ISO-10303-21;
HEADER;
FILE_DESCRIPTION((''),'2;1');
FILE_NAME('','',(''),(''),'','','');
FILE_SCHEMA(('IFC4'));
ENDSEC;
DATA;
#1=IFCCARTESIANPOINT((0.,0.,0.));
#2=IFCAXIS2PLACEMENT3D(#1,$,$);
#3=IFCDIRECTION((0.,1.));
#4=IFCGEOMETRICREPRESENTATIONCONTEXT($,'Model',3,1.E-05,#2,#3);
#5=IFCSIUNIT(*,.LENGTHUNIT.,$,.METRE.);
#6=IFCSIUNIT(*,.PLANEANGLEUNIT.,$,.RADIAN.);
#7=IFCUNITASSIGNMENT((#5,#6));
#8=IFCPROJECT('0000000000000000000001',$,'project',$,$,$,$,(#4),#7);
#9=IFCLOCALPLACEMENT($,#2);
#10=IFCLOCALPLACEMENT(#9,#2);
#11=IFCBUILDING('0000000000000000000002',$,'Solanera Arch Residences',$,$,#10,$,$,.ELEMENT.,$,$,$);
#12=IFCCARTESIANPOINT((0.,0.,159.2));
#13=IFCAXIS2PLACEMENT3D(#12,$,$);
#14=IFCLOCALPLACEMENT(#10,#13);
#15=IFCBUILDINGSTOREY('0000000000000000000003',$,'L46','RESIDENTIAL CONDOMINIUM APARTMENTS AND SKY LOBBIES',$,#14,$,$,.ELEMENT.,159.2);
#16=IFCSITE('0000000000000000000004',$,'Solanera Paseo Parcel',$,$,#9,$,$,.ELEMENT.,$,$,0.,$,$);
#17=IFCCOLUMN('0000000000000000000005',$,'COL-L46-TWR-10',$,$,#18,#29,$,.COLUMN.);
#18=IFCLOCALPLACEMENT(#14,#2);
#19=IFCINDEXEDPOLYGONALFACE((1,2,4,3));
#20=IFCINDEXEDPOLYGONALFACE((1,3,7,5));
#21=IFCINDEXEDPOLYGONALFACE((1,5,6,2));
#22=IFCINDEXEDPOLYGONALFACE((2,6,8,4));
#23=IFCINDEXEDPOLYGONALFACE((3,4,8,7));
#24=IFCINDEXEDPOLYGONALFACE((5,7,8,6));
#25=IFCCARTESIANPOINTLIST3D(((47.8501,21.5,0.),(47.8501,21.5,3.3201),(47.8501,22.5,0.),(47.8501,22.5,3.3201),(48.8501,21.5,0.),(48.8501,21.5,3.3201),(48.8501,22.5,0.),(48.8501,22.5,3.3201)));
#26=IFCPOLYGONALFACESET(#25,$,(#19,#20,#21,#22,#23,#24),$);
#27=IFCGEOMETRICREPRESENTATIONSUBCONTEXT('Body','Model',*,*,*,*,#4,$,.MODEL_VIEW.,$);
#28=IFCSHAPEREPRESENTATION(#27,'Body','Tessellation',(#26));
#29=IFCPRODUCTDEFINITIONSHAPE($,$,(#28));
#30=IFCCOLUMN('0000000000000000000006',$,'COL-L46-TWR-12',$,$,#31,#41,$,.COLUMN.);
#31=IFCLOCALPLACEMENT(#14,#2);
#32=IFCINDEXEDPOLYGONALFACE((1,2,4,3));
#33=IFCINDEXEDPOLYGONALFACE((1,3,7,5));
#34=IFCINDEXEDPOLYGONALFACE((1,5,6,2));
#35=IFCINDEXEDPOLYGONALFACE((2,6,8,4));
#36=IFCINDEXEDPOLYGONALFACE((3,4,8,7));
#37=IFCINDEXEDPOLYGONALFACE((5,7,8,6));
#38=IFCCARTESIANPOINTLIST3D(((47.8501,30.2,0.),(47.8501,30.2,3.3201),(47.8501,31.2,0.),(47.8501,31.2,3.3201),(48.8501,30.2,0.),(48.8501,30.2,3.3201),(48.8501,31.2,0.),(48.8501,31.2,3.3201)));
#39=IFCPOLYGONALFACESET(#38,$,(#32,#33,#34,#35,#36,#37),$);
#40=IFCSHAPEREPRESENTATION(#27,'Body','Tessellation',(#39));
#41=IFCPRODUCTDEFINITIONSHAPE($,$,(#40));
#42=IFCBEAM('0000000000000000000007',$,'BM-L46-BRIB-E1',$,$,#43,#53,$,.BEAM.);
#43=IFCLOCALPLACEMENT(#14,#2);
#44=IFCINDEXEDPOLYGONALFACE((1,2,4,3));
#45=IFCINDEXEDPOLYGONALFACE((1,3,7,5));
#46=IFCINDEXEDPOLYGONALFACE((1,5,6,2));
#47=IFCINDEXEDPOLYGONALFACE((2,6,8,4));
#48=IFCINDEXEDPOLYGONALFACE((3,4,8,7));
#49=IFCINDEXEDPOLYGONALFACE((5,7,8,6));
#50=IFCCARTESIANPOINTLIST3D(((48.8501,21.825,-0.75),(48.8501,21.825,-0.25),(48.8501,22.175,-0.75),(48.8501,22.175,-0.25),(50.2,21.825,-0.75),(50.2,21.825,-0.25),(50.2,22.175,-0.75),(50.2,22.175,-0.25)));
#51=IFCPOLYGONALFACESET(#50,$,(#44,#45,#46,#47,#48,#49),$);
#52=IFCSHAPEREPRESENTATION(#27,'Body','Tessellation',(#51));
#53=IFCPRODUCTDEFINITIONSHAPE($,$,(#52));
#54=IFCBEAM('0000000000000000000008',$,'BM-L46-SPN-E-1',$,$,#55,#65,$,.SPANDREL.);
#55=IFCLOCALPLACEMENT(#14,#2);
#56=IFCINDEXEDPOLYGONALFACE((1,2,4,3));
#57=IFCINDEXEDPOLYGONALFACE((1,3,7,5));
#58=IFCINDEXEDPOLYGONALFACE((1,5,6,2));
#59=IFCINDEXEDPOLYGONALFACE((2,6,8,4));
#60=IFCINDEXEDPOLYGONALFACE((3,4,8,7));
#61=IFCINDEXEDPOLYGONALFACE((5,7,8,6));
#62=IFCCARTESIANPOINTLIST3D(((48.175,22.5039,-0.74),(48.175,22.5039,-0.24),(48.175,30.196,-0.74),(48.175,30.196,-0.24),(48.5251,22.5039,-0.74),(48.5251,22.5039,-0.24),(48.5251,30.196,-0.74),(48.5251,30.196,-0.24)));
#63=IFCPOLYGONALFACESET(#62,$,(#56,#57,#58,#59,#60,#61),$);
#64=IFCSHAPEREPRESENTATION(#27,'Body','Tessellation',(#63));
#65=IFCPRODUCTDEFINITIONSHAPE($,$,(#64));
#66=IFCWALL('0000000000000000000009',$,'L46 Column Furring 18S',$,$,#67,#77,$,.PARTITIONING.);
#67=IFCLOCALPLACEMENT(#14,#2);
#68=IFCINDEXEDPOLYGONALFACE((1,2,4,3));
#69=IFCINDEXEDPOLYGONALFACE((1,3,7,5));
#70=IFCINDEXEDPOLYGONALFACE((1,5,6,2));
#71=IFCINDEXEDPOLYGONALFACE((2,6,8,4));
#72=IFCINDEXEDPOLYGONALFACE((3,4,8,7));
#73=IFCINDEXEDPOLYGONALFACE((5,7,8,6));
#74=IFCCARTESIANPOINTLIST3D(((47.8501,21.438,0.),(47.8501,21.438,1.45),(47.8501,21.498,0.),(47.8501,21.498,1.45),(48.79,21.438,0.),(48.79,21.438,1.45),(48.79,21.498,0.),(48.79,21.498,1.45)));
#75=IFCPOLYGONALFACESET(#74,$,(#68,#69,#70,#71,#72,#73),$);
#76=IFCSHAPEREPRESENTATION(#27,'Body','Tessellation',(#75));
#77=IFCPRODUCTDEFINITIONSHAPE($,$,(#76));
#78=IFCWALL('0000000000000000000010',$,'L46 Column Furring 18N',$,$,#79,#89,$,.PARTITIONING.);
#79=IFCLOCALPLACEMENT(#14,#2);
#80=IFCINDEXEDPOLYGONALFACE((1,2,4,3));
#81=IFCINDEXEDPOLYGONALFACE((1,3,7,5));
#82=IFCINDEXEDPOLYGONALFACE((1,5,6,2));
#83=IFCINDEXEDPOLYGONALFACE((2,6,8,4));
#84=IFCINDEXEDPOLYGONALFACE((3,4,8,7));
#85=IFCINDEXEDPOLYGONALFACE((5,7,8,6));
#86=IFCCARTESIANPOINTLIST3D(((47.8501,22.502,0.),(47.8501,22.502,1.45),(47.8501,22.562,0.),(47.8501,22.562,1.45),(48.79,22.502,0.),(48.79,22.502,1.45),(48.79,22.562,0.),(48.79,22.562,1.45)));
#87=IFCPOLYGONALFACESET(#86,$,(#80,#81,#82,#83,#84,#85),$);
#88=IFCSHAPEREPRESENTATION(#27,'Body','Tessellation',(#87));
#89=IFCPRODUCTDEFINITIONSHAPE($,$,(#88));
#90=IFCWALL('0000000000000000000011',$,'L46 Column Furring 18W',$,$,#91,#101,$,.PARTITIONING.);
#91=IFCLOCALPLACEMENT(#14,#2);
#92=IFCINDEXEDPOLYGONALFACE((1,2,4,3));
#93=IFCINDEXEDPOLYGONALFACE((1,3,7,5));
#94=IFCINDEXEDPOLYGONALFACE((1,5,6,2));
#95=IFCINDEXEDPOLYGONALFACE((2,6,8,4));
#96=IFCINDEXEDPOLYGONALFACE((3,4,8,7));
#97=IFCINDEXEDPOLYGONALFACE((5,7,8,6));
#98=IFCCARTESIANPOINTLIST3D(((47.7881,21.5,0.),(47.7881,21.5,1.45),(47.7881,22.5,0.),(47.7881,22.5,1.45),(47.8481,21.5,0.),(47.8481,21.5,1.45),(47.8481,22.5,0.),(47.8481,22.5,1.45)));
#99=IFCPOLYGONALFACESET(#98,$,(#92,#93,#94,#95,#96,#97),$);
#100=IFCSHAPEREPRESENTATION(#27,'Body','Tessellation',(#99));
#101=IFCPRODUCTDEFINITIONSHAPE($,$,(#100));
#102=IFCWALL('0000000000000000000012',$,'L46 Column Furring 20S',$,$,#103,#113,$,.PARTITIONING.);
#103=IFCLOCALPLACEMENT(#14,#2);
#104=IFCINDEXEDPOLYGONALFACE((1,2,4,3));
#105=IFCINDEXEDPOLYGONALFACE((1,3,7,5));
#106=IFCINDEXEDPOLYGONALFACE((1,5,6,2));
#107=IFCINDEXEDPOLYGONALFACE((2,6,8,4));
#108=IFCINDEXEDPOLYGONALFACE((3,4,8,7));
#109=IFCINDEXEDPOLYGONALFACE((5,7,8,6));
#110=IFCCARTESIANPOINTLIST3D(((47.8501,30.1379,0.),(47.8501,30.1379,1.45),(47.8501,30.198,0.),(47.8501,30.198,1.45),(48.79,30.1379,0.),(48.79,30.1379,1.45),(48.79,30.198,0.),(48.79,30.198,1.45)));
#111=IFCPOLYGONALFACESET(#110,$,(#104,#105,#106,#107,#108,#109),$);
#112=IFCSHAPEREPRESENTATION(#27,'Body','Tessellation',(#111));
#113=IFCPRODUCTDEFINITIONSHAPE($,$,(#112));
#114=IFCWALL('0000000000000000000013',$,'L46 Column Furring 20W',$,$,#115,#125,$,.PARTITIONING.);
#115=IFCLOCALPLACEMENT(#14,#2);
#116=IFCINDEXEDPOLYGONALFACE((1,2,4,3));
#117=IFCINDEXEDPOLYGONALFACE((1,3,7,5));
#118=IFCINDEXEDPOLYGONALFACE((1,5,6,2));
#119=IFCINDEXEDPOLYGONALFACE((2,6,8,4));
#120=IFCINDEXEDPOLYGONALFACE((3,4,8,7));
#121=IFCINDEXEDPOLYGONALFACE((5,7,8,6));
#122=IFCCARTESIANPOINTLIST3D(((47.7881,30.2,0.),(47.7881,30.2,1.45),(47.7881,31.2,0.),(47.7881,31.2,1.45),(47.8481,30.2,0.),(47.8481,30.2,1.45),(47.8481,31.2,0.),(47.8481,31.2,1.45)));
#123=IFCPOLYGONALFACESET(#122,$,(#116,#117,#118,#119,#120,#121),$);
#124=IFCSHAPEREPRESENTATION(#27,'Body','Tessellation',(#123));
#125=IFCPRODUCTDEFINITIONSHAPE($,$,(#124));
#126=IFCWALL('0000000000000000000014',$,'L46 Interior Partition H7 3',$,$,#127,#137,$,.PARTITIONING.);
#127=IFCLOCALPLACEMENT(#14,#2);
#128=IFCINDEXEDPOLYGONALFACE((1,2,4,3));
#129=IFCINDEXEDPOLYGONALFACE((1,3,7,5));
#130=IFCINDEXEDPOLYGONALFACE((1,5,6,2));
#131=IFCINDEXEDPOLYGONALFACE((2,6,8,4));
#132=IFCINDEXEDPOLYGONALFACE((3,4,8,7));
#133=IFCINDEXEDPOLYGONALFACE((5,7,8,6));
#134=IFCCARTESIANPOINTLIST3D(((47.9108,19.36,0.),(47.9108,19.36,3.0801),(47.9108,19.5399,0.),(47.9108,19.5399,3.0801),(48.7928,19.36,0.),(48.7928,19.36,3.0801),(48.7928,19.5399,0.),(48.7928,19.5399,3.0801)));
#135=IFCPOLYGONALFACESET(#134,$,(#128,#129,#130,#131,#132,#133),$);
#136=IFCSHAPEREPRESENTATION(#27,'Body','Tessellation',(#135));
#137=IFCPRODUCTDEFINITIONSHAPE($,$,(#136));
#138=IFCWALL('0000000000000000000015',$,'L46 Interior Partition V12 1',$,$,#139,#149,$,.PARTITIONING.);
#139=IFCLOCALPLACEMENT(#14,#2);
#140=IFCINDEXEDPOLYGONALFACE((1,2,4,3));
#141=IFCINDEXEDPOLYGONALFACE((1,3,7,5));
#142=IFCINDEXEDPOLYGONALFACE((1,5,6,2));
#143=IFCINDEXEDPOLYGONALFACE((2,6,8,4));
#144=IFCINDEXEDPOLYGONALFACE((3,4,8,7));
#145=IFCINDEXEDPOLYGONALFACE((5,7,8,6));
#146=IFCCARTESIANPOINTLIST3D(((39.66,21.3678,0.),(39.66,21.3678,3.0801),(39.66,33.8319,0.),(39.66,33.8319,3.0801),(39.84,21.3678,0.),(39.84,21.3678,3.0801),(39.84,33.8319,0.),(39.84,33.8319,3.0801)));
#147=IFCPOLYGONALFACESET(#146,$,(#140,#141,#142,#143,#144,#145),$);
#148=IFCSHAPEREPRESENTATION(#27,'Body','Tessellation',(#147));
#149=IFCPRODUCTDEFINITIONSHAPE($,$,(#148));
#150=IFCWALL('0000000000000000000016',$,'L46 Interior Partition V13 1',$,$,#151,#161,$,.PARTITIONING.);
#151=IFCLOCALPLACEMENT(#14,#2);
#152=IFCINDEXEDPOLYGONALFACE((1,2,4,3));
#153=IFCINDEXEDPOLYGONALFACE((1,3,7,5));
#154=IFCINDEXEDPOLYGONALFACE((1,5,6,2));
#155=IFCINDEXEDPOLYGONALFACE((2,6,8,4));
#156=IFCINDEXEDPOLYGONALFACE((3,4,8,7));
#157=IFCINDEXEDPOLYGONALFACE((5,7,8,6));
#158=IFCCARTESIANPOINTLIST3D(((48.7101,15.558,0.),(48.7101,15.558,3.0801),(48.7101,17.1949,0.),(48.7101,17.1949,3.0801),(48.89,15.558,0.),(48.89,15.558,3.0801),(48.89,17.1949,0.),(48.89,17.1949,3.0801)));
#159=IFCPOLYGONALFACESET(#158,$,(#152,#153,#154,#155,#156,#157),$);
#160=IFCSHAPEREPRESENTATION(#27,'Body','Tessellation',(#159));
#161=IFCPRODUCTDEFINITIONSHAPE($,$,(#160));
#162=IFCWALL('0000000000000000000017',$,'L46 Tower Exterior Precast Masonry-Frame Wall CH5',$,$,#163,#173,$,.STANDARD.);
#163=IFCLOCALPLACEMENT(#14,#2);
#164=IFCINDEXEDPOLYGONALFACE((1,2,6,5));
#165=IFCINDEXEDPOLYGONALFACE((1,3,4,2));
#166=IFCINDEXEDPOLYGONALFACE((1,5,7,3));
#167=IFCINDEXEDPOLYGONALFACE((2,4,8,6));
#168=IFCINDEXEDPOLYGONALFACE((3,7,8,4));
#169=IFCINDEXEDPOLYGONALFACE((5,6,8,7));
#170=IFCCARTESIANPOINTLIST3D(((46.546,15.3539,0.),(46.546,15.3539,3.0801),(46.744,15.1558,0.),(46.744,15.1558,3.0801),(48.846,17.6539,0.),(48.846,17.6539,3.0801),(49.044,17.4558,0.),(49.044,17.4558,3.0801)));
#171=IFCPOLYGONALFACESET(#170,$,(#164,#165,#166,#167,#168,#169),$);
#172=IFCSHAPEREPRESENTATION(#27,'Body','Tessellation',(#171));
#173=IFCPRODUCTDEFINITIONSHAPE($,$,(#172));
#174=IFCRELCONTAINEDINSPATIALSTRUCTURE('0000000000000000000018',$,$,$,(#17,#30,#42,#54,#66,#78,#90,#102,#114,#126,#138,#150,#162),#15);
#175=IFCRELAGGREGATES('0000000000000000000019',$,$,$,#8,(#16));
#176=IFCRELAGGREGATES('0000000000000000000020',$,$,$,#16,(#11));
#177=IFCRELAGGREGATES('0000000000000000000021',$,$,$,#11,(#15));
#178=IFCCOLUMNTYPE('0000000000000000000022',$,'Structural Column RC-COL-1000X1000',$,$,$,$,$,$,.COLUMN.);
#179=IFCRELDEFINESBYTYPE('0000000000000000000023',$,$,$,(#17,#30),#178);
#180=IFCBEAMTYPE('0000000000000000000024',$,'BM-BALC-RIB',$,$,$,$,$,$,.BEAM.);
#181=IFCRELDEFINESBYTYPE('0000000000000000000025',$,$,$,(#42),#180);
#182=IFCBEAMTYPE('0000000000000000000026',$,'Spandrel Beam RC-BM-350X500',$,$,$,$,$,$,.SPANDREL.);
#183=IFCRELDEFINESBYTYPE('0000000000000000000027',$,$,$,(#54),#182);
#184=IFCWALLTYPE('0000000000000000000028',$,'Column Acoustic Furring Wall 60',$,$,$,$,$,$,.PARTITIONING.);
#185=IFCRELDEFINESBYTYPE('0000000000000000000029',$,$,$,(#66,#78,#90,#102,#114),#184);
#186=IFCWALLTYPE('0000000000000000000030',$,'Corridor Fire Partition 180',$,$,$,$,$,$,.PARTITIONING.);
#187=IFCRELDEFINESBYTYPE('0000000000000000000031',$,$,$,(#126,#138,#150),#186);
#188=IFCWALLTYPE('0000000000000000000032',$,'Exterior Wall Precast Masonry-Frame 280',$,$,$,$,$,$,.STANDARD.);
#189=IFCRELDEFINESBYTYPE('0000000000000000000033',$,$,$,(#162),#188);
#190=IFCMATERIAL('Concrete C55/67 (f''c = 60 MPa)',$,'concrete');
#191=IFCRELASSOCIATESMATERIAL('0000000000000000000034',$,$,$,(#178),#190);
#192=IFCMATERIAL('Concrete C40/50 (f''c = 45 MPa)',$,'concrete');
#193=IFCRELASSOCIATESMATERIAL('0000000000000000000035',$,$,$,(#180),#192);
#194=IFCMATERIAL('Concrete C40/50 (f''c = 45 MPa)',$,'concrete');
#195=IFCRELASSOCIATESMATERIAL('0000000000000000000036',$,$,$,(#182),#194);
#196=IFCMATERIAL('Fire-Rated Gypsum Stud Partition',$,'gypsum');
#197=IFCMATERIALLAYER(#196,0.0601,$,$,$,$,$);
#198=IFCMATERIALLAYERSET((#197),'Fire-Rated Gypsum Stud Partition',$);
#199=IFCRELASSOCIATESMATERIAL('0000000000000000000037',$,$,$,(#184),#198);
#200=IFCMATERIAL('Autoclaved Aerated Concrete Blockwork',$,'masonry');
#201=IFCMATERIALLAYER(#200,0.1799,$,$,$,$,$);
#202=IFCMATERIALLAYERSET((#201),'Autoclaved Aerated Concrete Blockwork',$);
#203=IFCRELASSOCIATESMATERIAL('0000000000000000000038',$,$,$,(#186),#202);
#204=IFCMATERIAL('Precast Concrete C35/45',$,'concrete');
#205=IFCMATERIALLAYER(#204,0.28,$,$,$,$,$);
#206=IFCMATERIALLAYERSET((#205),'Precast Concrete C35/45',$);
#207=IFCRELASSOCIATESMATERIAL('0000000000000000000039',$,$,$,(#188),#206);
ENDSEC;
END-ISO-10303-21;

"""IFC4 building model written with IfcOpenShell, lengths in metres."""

from ifc_helpers import new_model, si_unit, direction, frame, frame_2d, origin, origin_2d, place, context, subcontext, project, spatial, rectangle, extrude, material, layer, layer_set, material_profile, profile_set, type_object, element, save


model = new_model("IFC4")

# Units and contexts
model_context = context("Model", 3, precision=1e-05, world=origin(), true_north=direction((0.0, 1.0)))
body_context = subcontext(model_context, "Body", "Model", "MODEL_VIEW")
ifc_project = project(units=[si_unit("LENGTHUNIT", "METRE"), si_unit("PLANEANGLEUNIT", "RADIAN")], contexts=[model_context])

# Site, building, storey
site_placement = place(None, origin())
site = spatial("IfcSite", under=ifc_project, at=site_placement, Name="Solanera Paseo Parcel", CompositionType="ELEMENT", RefElevation=0.0)
building_placement = place(site_placement, origin())
building = spatial("IfcBuilding", under=site, at=building_placement, Name="Solanera Arch Residences", CompositionType="ELEMENT")
storey_placement = place(building_placement, frame((0.0, 0.0, 159.2)))
storey = spatial("IfcBuildingStorey", under=building, at=storey_placement, Name="L46", Description="RESIDENTIAL CONDOMINIUM APARTMENTS AND SKY LOBBIES", CompositionType="ELEMENT", Elevation=159.2)

# Columns
ifc_material_1 = material(Name="Concrete C55/67 (f'c = 60 MPa)", Category="concrete")
ifc_material_profile_1 = material_profile(ifc_material_1, rectangle(XDim=1.0, YDim=1.0, at=origin_2d()))
ifc_profile_set_1 = profile_set([ifc_material_profile_1], Name="Concrete C55/67 (f'c = 60 MPa)")
column_type = type_object("IfcColumnType", Name="Structural Column RC-COL-1000X1000", PredefinedType="COLUMN", material=ifc_profile_set_1)
for number, where, z_axis, x_axis, name in (
    (1, (48.3501, 22.0, 0.0), (0.0, 0.0, 1.0), (1.0, 0.0, 0.0), "COL-L46-TWR-10"),
    (2, (48.3501, 30.7, 0.0), (0.0, 0.0, 1.0), (1.0, 0.0, 0.0), "COL-L46-TWR-12"),
):
    element("IfcColumn", number, at=place(storey_placement, frame(where, z_axis=z_axis, x_axis=x_axis)), inside=storey, type_object=column_type, Name=name, PredefinedType="COLUMN", context=body_context, shape_type="SweptSolid", body=[
        extrude(rectangle(XDim=1.0, YDim=1.0, at=origin_2d()), origin(), (0.0, 0.0, 1.0), 3.3201),
    ])

# Beams
ifc_material_2 = material(Name="Concrete C40/50 (f'c = 45 MPa)", Category="concrete")
ifc_material_profile_2 = material_profile(ifc_material_2, rectangle(XDim=0.3501, YDim=0.5, at=origin_2d()))
ifc_profile_set_2 = profile_set([ifc_material_profile_2], Name="Concrete C40/50 (f'c = 45 MPa)")
beam_type_1 = type_object("IfcBeamType", Name="BM-BALC-RIB", PredefinedType="BEAM", material=ifc_profile_set_2)
beam_1_placement = place(storey_placement, frame((48.8501, 22.0, -0.5), z_axis=(1.0, 0.0, 0.0), x_axis=(0.0, 1.0, 0.0)))
element("IfcBeam", 3, at=beam_1_placement, inside=storey, type_object=beam_type_1, Name="BM-L46-BRIB-E1", PredefinedType="BEAM", context=body_context, shape_type="SweptSolid", body=[
    extrude(rectangle(XDim=0.3501, YDim=0.5, at=origin_2d()), origin(), (0.0, 0.0, 1.0), 1.3499),
])
ifc_material_3 = material(Name="Concrete C40/50 (f'c = 45 MPa)", Category="concrete")
ifc_material_profile_3 = material_profile(ifc_material_3, rectangle(XDim=0.3501, YDim=0.5, at=origin_2d()))
ifc_profile_set_3 = profile_set([ifc_material_profile_3], Name="Concrete C40/50 (f'c = 45 MPa)")
beam_type_2 = type_object("IfcBeamType", Name="Spandrel Beam RC-BM-350X500", PredefinedType="SPANDREL", material=ifc_profile_set_3)
beam_2_placement = place(storey_placement, frame((48.3501, 22.5039, -0.49), z_axis=(0.0, 1.0, 0.0), x_axis=(-1.0, 0.0, 0.0)))
element("IfcBeam", 4, at=beam_2_placement, inside=storey, type_object=beam_type_2, Name="BM-L46-SPN-E-1", PredefinedType="SPANDREL", context=body_context, shape_type="SweptSolid", body=[
    extrude(rectangle(XDim=0.3501, YDim=0.5, at=origin_2d()), origin(), (0.0, 0.0, 1.0), 7.6921),
])

# Walls
ifc_material_4 = material(Name="Fire-Rated Gypsum Stud Partition", Category="gypsum")
ifc_layer_1 = layer(ifc_material_4, 0.0601)
ifc_layer_set_1 = layer_set([ifc_layer_1], Name="Fire-Rated Gypsum Stud Partition")
wall_type_1 = type_object("IfcWallType", Name="Column Acoustic Furring Wall 60", PredefinedType="PARTITIONING", material=ifc_layer_set_1)
for number, where, z_axis, x_axis, name in (
    (5, (47.8501, 21.468, 0.0), (0.0, 0.0, 1.0), (1.0, 0.0, 0.0), "L46 Column Furring 18S"),
    (6, (47.8501, 22.532, 0.0), (0.0, 0.0, 1.0), (1.0, 0.0, 0.0), "L46 Column Furring 18N"),
):
    element("IfcWall", number, at=place(storey_placement, frame(where, z_axis=z_axis, x_axis=x_axis)), inside=storey, type_object=wall_type_1, Name=name, PredefinedType="PARTITIONING", context=body_context, shape_type="SweptSolid", body=[
        extrude(rectangle(XDim=0.9399, YDim=0.0601, at=frame_2d((0.47, 0.0))), origin(), (0.0, 0.0, 1.0), 1.45),
    ])
wall_1_placement = place(storey_placement, frame((47.8181, 21.5, 0.0), z_axis=(0.0, 0.0, 1.0), x_axis=(0.0, 1.0, 0.0)))
element("IfcWall", 7, at=wall_1_placement, inside=storey, type_object=wall_type_1, Name="L46 Column Furring 18W", PredefinedType="PARTITIONING", context=body_context, shape_type="SweptSolid", body=[
    extrude(rectangle(XDim=1.0, YDim=0.0601, at=frame_2d((0.5, 0.0))), origin(), (0.0, 0.0, 1.0), 1.45),
])
wall_2_placement = place(storey_placement, frame((47.8501, 30.168, 0.0), z_axis=(0.0, 0.0, 1.0), x_axis=(1.0, 0.0, 0.0)))
element("IfcWall", 8, at=wall_2_placement, inside=storey, type_object=wall_type_1, Name="L46 Column Furring 20S", PredefinedType="PARTITIONING", context=body_context, shape_type="SweptSolid", body=[
    extrude(rectangle(XDim=0.9399, YDim=0.0601, at=frame_2d((0.47, 0.0))), origin(), (0.0, 0.0, 1.0), 1.45),
])
wall_3_placement = place(storey_placement, frame((47.8181, 30.2, 0.0), z_axis=(0.0, 0.0, 1.0), x_axis=(0.0, 1.0, 0.0)))
element("IfcWall", 9, at=wall_3_placement, inside=storey, type_object=wall_type_1, Name="L46 Column Furring 20W", PredefinedType="PARTITIONING", context=body_context, shape_type="SweptSolid", body=[
    extrude(rectangle(XDim=1.0, YDim=0.0601, at=frame_2d((0.5, 0.0))), origin(), (0.0, 0.0, 1.0), 1.45),
])
ifc_material_5 = material(Name="Autoclaved Aerated Concrete Blockwork", Category="masonry")
ifc_layer_2 = layer(ifc_material_5, 0.1799)
ifc_layer_set_2 = layer_set([ifc_layer_2], Name="Autoclaved Aerated Concrete Blockwork")
wall_type_2 = type_object("IfcWallType", Name="Corridor Fire Partition 180", PredefinedType="PARTITIONING", material=ifc_layer_set_2)
wall_4_placement = place(storey_placement, frame((47.9109, 19.45, 0.0), z_axis=(0.0, 0.0, 1.0), x_axis=(1.0, 0.0, 0.0)))
element("IfcWall", 10, at=wall_4_placement, inside=storey, type_object=wall_type_2, Name="L46 Interior Partition H7 3", PredefinedType="PARTITIONING", context=body_context, shape_type="SweptSolid", body=[
    extrude(rectangle(XDim=0.8821, YDim=0.1799, at=frame_2d((0.4409, 0.0))), origin(), (0.0, 0.0, 1.0), 3.0801),
])
wall_5_placement = place(storey_placement, frame((39.75, 21.3679, 0.0), z_axis=(0.0, 0.0, 1.0), x_axis=(0.0, 1.0, 0.0)))
element("IfcWall", 11, at=wall_5_placement, inside=storey, type_object=wall_type_2, Name="L46 Interior Partition V12 1", PredefinedType="PARTITIONING", context=body_context, shape_type="SweptSolid", body=[
    extrude(rectangle(XDim=12.4641, YDim=0.1799, at=frame_2d((6.2319, 0.0))), origin(), (0.0, 0.0, 1.0), 3.0801),
])
wall_6_placement = place(storey_placement, frame((48.8, 15.5581, 0.0), z_axis=(0.0, 0.0, 1.0), x_axis=(0.0, 1.0, 0.0)))
element("IfcWall", 12, at=wall_6_placement, inside=storey, type_object=wall_type_2, Name="L46 Interior Partition V13 1", PredefinedType="PARTITIONING", context=body_context, shape_type="SweptSolid", body=[
    extrude(rectangle(XDim=1.637, YDim=0.1799, at=frame_2d((0.8184, 0.0))), origin(), (0.0, 0.0, 1.0), 3.0801),
])
ifc_material_6 = material(Name="Precast Concrete C35/45", Category="concrete")
ifc_layer_3 = layer(ifc_material_6, 0.28)
ifc_layer_set_3 = layer_set([ifc_layer_3], Name="Precast Concrete C35/45")
wall_type_3 = type_object("IfcWallType", Name="Exterior Wall Precast Masonry-Frame 280", PredefinedType="STANDARD", material=ifc_layer_set_3)
wall_7_placement = place(storey_placement, frame((48.9451, 17.5549, 0.0), z_axis=(0.0, 0.0, 1.0), x_axis=(-0.707107, -0.707107, 0.0)))
element("IfcWall", 13, at=wall_7_placement, inside=storey, type_object=wall_type_3, Name="L46 Tower Exterior Precast Masonry-Frame Wall CH5", PredefinedType="STANDARD", context=body_context, shape_type="SweptSolid", body=[
    extrude(rectangle(XDim=3.2527, YDim=0.28, at=frame_2d((1.6265, 0.0))), origin(), (0.0, 0.0, 1.0), 3.0801),
])

save(model, "model.ifc")
